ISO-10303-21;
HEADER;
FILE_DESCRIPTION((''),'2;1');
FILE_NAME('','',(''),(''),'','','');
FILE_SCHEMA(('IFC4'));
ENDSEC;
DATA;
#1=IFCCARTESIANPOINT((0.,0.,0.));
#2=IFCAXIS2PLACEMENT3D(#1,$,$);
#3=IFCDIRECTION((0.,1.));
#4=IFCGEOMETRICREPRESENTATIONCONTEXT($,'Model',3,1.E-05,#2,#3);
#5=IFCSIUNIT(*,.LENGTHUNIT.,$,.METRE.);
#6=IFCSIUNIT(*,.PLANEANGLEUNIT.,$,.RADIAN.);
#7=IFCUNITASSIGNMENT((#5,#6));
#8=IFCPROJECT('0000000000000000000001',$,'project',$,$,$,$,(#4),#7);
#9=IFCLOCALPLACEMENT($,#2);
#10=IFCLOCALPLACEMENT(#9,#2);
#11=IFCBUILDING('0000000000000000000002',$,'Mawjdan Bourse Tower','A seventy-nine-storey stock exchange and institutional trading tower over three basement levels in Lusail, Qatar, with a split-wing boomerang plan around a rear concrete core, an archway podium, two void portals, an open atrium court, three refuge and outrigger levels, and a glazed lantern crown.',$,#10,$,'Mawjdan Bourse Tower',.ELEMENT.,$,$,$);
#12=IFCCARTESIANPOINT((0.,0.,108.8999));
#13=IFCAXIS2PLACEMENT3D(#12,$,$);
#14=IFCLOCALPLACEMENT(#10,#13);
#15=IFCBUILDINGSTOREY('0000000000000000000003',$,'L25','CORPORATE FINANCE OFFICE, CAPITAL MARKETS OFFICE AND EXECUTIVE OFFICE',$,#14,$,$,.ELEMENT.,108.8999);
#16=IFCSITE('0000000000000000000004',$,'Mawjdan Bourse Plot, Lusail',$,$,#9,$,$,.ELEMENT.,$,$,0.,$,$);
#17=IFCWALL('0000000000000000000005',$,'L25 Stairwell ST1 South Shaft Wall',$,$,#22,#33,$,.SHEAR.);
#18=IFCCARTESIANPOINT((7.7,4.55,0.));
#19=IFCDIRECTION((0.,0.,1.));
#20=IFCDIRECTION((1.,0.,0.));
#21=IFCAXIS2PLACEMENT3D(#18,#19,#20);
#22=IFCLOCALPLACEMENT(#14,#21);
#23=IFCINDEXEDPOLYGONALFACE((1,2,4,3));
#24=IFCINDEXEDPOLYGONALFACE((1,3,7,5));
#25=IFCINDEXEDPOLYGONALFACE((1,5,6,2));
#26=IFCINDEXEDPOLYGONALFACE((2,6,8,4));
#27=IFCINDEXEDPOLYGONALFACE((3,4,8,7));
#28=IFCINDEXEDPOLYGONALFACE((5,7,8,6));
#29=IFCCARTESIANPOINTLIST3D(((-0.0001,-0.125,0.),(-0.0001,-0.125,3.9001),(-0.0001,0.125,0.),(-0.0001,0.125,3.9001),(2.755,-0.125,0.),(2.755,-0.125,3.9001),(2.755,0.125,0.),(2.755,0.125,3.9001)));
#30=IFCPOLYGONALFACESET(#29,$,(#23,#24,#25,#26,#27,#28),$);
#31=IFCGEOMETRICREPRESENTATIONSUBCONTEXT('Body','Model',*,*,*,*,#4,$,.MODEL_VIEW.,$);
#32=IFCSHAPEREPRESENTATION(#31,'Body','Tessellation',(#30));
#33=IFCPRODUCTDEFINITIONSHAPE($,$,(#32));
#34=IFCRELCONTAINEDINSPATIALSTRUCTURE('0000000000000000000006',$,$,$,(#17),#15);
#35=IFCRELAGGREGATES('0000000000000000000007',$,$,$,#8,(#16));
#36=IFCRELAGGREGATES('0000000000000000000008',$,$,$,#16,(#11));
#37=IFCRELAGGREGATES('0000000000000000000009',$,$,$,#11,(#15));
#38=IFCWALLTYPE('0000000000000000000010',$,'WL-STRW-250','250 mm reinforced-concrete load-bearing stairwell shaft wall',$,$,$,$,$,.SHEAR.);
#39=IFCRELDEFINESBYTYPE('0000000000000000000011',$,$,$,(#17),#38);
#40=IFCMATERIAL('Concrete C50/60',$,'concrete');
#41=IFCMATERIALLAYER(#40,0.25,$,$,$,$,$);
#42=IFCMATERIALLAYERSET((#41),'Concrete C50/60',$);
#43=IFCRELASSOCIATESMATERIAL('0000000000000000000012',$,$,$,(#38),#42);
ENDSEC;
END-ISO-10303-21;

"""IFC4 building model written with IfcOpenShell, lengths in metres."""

from ifc_helpers import new_model, si_unit, direction, frame, frame_2d, origin, place, context, subcontext, project, spatial, rectangle, extrude, material, layer, layer_set, type_object, element, save


model = new_model("IFC4")

# Units and contexts
model_context = context("Model", 3, precision=1e-05, world=origin(), true_north=direction((0.0, 1.0)))
body_context = subcontext(model_context, "Body", "Model", "MODEL_VIEW")
ifc_project = project(units=[si_unit("LENGTHUNIT", "METRE"), si_unit("PLANEANGLEUNIT", "RADIAN")], contexts=[model_context])

# Site, building, storey
site_placement = place(None, origin())
site = spatial("IfcSite", under=ifc_project, at=site_placement, Name="Mawjdan Bourse Plot, Lusail", CompositionType="ELEMENT", RefElevation=0.0)
building_placement = place(site_placement, origin())
building = spatial("IfcBuilding", under=site, at=building_placement, Name="Mawjdan Bourse Tower", Description="A seventy-nine-storey stock exchange and institutional trading tower over three basement levels in Lusail, Qatar, with a split-wing boomerang plan around a rear concrete core, an archway podium, two void portals, an open atrium court, three refuge and outrigger levels, and a glazed lantern crown.", LongName="Mawjdan Bourse Tower", CompositionType="ELEMENT")
storey_placement = place(building_placement, frame((0.0, 0.0, 108.8999)))
storey = spatial("IfcBuildingStorey", under=building, at=storey_placement, Name="L25", Description="CORPORATE FINANCE OFFICE, CAPITAL MARKETS OFFICE AND EXECUTIVE OFFICE", CompositionType="ELEMENT", Elevation=108.8999)

# Shared definitions
ifc_material_1 = material(Name="Concrete C50/60", Category="concrete")

# Wall
ifc_layer_1 = layer(ifc_material_1, 0.25)
ifc_layer_set_1 = layer_set([ifc_layer_1], Name="Concrete C50/60")
wall_type_1 = type_object("IfcWallType", Name="WL-STRW-250", Description="250 mm reinforced-concrete load-bearing stairwell shaft wall", PredefinedType="SHEAR", material=ifc_layer_set_1)
wall_1_placement = place(storey_placement, frame((7.7, 4.55, 0.0), z_axis=(0.0, 0.0, 1.0), x_axis=(1.0, 0.0, 0.0)))
element("IfcWall", 1, at=wall_1_placement, inside=storey, type_object=wall_type_1, Name="L25 Stairwell ST1 South Shaft Wall", PredefinedType="SHEAR", context=body_context, shape_type="SweptSolid", body=[
    extrude(rectangle(XDim=2.7551, YDim=0.25, at=frame_2d((1.3774, 0.0))), origin(), (0.0, 0.0, 1.0), 3.9001),
])

save(model, "model.ifc")
